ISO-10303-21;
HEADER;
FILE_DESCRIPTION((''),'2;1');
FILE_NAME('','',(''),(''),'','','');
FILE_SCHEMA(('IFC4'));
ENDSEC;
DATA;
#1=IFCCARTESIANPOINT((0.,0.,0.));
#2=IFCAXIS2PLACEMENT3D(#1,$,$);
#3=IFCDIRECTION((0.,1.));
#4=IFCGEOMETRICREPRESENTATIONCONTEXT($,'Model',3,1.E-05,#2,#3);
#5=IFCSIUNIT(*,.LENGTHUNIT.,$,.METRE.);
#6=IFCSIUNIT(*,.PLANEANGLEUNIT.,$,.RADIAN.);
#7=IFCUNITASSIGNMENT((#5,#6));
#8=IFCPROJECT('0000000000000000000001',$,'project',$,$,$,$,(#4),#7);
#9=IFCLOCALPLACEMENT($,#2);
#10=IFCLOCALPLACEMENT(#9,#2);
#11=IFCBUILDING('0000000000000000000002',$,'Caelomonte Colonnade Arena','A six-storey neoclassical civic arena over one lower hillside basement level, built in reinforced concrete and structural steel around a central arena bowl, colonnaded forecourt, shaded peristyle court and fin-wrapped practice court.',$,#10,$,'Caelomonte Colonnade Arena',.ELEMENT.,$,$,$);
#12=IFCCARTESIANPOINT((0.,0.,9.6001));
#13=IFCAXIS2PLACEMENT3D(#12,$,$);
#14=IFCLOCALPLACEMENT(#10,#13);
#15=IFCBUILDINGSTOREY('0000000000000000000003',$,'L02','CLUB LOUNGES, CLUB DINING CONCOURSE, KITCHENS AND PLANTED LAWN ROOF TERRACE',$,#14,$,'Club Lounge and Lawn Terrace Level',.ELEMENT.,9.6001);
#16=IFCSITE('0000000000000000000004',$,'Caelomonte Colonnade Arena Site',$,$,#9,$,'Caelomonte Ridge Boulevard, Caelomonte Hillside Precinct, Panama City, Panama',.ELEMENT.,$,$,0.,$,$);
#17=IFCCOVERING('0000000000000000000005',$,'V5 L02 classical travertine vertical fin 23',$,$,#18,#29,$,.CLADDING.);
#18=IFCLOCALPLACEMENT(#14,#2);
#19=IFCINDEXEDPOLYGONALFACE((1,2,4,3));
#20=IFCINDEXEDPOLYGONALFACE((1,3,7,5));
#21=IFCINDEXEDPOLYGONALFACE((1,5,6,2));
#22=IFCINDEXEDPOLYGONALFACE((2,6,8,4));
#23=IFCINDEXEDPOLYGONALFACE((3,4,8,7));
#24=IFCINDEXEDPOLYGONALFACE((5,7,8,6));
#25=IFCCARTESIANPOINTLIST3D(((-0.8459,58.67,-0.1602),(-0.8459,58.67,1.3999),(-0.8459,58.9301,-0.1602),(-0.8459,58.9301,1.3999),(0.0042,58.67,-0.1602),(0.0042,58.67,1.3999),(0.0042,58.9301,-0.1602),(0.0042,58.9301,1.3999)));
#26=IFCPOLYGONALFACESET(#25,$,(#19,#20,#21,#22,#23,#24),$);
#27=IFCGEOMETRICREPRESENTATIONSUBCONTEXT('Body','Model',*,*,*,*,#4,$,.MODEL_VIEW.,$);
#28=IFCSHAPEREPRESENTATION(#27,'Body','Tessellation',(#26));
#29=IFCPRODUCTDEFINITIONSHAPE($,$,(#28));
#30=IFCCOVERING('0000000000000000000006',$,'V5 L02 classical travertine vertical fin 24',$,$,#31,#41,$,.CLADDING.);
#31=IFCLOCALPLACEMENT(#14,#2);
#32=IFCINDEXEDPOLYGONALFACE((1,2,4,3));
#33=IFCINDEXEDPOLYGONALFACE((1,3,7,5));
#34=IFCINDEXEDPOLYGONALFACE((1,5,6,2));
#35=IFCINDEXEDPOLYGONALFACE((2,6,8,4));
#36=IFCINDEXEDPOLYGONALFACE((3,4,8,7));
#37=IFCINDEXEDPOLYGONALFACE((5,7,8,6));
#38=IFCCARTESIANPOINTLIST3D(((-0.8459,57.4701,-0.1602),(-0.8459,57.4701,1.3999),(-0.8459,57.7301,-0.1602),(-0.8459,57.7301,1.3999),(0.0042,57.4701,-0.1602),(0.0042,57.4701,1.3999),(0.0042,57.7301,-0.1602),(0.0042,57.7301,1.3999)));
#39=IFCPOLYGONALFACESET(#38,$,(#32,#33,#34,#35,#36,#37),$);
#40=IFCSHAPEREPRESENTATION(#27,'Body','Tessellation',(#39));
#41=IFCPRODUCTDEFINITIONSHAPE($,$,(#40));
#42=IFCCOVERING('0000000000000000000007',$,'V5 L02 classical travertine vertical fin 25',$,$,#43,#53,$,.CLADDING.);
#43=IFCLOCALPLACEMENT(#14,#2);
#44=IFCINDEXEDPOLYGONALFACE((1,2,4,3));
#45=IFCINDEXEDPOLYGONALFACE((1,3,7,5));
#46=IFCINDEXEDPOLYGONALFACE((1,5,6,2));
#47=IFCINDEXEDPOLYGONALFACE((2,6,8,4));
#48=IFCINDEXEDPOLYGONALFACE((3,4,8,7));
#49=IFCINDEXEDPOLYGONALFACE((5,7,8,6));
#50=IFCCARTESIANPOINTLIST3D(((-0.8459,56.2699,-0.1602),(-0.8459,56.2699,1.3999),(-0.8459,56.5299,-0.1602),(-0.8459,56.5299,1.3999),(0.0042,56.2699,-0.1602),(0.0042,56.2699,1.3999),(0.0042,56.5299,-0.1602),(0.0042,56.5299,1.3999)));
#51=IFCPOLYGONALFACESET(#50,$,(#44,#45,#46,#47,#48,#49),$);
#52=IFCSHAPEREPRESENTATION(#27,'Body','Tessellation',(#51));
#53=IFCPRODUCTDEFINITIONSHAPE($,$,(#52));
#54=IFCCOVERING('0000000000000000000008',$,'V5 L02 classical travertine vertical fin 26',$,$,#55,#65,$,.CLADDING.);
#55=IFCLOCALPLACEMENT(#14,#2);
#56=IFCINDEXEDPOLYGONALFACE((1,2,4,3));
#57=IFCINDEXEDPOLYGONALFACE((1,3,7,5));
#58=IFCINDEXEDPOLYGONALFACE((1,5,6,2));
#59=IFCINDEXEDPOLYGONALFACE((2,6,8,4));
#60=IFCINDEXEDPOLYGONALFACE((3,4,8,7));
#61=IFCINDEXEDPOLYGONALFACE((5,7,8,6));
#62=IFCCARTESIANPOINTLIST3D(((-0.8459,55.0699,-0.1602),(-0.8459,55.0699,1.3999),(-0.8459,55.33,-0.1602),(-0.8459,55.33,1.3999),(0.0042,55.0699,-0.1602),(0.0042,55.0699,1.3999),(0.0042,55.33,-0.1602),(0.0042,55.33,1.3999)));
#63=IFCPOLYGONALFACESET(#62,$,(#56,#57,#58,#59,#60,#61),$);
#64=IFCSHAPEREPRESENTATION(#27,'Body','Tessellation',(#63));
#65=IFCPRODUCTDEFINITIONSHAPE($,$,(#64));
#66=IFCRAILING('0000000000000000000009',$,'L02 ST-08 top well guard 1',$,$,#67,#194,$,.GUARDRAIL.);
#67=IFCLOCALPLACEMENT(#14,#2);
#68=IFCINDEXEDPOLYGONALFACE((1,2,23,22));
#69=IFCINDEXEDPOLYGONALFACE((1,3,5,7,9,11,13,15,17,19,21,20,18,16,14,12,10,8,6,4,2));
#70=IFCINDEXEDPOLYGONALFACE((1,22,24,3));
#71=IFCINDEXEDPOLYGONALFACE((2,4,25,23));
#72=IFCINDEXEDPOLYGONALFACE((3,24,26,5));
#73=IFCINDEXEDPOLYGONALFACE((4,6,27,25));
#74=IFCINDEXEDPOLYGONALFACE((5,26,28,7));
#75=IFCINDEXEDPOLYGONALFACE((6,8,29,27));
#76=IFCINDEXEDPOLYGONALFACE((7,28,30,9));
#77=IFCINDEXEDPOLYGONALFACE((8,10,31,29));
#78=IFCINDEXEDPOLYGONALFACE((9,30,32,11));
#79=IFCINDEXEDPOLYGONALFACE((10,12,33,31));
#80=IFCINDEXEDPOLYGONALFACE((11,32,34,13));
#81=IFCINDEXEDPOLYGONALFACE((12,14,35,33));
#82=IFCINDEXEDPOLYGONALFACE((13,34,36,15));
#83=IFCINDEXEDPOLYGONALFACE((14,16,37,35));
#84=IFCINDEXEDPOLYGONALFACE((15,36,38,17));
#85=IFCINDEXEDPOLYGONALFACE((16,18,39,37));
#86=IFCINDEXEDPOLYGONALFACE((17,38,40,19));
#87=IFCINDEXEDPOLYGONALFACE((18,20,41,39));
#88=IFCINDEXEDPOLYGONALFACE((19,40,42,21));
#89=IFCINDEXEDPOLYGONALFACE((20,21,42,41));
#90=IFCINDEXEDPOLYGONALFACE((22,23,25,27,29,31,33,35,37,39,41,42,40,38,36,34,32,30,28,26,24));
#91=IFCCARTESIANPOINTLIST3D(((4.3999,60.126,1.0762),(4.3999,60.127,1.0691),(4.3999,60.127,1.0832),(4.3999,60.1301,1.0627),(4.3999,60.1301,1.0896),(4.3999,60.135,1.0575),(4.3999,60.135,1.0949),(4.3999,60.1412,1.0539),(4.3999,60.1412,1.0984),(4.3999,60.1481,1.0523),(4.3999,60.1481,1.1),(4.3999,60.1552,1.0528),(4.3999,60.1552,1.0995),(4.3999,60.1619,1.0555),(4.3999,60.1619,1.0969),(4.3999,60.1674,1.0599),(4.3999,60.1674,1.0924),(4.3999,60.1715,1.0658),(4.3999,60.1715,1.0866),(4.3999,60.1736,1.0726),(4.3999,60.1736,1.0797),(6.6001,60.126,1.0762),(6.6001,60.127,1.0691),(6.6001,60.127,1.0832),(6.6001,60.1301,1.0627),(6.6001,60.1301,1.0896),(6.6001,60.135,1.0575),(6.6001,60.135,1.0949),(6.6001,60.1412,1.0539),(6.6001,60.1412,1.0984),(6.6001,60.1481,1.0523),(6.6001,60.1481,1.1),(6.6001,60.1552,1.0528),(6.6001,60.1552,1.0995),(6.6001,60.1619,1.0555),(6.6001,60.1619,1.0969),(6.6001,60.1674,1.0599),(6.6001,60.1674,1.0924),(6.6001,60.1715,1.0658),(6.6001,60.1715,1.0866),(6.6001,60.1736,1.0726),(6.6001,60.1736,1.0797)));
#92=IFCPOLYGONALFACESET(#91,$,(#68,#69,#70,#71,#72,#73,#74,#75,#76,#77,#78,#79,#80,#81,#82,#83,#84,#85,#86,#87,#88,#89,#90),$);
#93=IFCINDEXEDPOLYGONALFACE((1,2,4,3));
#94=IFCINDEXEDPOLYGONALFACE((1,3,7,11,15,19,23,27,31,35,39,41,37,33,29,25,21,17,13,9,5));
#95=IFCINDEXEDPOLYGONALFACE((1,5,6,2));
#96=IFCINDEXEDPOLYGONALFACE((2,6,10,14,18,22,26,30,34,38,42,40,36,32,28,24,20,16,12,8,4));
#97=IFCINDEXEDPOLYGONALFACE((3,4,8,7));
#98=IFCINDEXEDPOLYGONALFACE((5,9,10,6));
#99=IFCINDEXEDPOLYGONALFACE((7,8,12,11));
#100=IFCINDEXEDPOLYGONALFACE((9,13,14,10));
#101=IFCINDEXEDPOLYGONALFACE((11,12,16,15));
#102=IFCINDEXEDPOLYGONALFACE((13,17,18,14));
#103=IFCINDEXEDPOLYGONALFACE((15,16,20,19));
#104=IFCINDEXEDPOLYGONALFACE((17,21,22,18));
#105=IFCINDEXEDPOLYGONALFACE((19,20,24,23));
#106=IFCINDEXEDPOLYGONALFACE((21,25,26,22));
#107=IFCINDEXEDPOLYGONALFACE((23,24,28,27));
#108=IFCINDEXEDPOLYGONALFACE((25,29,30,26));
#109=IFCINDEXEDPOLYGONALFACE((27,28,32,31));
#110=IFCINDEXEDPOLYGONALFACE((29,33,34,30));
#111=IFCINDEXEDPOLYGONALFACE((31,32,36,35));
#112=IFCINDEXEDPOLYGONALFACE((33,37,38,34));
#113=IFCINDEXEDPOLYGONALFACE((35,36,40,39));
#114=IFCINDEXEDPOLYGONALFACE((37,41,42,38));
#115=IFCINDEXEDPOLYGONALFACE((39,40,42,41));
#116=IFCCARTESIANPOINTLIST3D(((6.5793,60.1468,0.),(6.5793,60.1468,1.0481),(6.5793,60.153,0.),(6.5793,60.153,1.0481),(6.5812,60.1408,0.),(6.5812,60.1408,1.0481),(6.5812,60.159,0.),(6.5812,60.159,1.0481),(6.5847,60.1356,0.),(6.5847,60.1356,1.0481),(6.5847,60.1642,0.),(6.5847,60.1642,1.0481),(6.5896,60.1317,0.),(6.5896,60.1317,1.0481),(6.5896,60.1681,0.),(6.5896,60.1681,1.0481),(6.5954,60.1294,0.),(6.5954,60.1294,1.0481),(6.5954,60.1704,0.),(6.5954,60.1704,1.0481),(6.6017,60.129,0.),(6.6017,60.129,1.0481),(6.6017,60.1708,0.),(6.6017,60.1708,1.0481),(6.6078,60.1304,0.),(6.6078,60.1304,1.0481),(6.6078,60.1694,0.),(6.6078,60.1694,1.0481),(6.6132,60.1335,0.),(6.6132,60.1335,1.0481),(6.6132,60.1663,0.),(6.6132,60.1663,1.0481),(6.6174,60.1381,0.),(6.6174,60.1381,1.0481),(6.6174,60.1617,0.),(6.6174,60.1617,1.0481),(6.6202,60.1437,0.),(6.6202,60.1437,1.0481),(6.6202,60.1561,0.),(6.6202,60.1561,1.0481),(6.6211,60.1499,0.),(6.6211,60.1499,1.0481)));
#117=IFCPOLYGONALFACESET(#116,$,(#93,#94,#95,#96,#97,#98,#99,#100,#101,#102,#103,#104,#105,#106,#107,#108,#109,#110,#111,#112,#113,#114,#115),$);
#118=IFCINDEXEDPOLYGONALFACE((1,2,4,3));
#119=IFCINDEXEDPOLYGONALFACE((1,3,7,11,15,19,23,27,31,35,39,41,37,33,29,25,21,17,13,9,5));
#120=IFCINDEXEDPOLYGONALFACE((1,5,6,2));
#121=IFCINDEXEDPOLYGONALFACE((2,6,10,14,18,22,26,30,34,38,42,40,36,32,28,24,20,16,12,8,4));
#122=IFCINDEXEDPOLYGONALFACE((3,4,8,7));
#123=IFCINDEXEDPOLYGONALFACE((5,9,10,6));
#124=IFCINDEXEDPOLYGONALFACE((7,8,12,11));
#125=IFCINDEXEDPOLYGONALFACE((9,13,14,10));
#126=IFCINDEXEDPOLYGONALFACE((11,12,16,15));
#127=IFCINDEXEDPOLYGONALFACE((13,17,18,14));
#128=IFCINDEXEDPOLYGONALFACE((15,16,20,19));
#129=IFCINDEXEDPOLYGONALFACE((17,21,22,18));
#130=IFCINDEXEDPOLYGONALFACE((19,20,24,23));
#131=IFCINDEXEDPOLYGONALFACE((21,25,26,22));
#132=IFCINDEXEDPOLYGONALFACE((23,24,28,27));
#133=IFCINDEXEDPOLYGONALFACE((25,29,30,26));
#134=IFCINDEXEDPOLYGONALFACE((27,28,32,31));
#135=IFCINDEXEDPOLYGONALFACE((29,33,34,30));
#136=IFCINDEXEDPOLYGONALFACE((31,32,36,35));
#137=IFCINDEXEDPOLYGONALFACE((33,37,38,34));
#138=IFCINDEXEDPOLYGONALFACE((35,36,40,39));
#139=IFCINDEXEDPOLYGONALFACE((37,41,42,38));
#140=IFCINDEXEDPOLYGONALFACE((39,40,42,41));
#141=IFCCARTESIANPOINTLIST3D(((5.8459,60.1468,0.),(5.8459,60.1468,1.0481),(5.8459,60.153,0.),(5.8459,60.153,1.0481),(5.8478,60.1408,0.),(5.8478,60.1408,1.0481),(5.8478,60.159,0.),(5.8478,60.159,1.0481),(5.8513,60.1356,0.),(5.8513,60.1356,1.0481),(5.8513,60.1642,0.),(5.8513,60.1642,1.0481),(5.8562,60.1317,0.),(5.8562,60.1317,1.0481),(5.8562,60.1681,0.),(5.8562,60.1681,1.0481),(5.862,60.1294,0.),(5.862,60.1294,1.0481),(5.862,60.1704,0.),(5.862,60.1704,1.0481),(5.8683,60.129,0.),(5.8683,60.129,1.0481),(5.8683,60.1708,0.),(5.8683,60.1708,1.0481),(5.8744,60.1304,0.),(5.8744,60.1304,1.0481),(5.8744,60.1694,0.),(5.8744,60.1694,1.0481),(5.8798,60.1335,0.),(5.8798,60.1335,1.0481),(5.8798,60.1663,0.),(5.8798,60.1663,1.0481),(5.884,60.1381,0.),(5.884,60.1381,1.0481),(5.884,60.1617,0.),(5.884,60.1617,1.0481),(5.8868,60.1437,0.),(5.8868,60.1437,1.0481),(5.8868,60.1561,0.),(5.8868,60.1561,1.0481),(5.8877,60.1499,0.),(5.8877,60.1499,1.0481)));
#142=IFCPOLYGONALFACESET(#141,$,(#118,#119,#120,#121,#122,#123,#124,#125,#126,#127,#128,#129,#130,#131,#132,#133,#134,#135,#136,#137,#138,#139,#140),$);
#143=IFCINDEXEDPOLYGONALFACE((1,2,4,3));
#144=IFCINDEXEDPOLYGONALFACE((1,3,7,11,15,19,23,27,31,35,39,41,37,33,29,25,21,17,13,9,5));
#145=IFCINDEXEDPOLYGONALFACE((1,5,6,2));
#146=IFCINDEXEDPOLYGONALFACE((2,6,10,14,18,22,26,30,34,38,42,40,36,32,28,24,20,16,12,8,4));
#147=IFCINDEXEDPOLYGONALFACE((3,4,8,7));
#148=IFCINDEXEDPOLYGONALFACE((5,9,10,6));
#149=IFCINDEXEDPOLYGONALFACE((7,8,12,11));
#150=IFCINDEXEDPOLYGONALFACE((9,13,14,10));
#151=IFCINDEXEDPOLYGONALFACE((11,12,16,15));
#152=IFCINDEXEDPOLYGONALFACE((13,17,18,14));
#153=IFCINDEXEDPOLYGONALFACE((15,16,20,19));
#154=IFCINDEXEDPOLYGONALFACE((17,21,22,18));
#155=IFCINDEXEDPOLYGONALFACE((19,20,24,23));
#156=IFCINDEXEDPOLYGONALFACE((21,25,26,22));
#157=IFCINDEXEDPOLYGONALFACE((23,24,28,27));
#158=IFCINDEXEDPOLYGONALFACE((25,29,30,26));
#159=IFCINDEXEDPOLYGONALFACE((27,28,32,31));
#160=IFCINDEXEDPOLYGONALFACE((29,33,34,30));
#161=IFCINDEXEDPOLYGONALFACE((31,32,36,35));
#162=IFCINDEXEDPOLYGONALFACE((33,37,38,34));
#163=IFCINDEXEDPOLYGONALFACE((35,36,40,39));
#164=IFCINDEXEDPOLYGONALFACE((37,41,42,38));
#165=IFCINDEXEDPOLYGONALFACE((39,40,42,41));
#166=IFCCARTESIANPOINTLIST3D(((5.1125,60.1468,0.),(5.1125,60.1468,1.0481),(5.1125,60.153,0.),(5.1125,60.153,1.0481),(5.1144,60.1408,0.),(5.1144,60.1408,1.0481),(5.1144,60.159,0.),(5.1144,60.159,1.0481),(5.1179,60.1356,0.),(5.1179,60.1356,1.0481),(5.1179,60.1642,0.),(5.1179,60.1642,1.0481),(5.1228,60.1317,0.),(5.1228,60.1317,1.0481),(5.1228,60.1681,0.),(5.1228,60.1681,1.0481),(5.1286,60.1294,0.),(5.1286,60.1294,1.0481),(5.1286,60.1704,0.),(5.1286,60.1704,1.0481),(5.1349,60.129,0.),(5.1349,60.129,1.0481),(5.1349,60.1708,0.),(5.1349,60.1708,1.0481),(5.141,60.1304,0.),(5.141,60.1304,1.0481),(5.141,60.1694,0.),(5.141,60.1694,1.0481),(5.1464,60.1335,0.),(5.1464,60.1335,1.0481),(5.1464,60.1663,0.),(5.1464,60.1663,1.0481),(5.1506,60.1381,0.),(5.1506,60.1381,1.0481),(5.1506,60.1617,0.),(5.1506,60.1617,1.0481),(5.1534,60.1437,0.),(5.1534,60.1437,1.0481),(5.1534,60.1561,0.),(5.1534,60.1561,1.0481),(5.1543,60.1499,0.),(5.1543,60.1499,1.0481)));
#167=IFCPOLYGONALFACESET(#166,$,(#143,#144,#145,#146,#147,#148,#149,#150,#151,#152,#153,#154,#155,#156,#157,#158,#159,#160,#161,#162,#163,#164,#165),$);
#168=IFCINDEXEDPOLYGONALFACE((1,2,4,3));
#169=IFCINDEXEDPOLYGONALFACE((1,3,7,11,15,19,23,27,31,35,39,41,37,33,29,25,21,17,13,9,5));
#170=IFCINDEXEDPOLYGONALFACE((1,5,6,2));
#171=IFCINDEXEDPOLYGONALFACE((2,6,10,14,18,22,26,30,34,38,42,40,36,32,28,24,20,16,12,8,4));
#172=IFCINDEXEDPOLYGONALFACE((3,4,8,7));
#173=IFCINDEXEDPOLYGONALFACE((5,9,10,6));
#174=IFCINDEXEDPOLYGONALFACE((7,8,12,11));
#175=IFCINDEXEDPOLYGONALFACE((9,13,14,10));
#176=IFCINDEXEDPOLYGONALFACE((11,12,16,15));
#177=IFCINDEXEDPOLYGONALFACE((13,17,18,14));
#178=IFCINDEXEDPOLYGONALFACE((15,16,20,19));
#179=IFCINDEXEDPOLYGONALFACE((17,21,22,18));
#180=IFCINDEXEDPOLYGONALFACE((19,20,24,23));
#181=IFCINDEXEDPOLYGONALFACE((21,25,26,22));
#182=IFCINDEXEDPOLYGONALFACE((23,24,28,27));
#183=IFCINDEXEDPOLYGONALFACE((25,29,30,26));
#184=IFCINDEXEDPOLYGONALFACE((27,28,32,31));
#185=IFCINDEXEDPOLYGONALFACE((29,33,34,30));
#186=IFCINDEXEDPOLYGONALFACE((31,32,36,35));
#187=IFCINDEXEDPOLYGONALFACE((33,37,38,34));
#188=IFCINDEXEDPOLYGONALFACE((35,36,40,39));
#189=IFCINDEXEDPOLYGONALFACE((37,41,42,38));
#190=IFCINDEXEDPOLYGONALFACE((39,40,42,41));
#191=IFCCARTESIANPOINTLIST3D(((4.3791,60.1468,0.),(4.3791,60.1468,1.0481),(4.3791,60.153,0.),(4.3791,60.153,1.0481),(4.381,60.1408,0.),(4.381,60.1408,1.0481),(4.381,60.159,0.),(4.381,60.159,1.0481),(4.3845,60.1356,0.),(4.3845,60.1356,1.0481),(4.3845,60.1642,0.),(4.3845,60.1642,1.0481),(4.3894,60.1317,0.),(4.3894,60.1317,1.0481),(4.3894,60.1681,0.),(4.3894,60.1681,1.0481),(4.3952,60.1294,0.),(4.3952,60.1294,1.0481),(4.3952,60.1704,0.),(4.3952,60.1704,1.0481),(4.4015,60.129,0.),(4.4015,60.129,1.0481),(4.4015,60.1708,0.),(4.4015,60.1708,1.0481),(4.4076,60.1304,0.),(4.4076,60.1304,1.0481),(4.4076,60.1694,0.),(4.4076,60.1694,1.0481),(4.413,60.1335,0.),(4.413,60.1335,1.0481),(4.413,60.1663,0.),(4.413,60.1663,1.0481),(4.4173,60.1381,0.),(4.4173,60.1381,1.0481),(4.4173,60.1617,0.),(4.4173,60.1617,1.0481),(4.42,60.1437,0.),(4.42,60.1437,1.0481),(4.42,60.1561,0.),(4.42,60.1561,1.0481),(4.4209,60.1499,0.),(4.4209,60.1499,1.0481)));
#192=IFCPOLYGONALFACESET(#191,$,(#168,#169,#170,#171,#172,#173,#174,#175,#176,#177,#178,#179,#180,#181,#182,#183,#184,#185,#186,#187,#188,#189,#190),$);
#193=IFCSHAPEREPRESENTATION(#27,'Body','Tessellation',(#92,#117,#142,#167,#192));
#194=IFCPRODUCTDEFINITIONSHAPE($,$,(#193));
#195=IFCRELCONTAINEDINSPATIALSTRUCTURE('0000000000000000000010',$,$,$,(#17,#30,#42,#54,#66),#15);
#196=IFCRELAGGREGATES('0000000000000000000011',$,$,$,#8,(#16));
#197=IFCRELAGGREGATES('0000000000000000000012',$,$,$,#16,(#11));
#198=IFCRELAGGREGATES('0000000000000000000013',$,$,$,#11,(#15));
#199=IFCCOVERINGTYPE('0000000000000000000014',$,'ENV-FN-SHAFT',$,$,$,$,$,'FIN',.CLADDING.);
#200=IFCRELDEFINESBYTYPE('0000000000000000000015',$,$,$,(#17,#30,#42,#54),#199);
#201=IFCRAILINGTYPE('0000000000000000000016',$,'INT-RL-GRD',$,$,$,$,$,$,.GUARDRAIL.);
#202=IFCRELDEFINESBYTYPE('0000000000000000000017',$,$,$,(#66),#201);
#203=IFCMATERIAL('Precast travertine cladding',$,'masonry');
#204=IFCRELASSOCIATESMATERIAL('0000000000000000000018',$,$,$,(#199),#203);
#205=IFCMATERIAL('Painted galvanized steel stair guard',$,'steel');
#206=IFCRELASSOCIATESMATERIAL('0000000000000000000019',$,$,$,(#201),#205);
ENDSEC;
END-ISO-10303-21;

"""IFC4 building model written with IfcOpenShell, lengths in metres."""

from ifc_helpers import new_model, si_unit, direction, frame, origin, origin_2d, place, context, subcontext, project, spatial, rectangle, circle, extrude, material, material_profile, profile_set, type_object, element, save


model = new_model("IFC4")

# Units and contexts
model_context = context("Model", 3, precision=1e-05, world=origin(), true_north=direction((0.0, 1.0)))
body_context = subcontext(model_context, "Body", "Model", "MODEL_VIEW")
ifc_project = project(units=[si_unit("LENGTHUNIT", "METRE"), si_unit("PLANEANGLEUNIT", "RADIAN")], contexts=[model_context])

# Site, building, storey
site_placement = place(None, origin())
site = spatial("IfcSite", under=ifc_project, at=site_placement, Name="Caelomonte Colonnade Arena Site", LongName="Caelomonte Ridge Boulevard, Caelomonte Hillside Precinct, Panama City, Panama", CompositionType="ELEMENT", RefElevation=0.0)
building_placement = place(site_placement, origin())
building = spatial("IfcBuilding", under=site, at=building_placement, Name="Caelomonte Colonnade Arena", Description="A six-storey neoclassical civic arena over one lower hillside basement level, built in reinforced concrete and structural steel around a central arena bowl, colonnaded forecourt, shaded peristyle court and fin-wrapped practice court.", LongName="Caelomonte Colonnade Arena", CompositionType="ELEMENT")
storey_placement = place(building_placement, frame((0.0, 0.0, 9.6001)))
storey = spatial("IfcBuildingStorey", under=building, at=storey_placement, Name="L02", Description="CLUB LOUNGES, CLUB DINING CONCOURSE, KITCHENS AND PLANTED LAWN ROOF TERRACE", LongName="Club Lounge and Lawn Terrace Level", CompositionType="ELEMENT", Elevation=9.6001)

# Coverings
ifc_material_1 = material(Name="Precast travertine cladding", Category="masonry")
ifc_material_profile_1 = material_profile(ifc_material_1, rectangle(XDim=0.26, YDim=0.8501, at=origin_2d()), Name="FIN260X850")
ifc_profile_set_1 = profile_set([ifc_material_profile_1], Name="Precast travertine cladding")
covering_type = type_object("IfcCoveringType", Name="ENV-FN-SHAFT", ElementType="FIN", PredefinedType="CLADDING", material=ifc_profile_set_1)
for number, where, z_axis, x_axis, name in (
    (1, (-0.4209, 58.8, -0.1602), (0.0, 0.0, 1.0), (0.0, 1.0, 0.0), "V5 L02 classical travertine vertical fin 23"),
    (2, (-0.4209, 57.6001, -0.1602), (0.0, 0.0, 1.0), (0.0, 1.0, 0.0), "V5 L02 classical travertine vertical fin 24"),
    (3, (-0.4209, 56.3999, -0.1602), (0.0, 0.0, 1.0), (0.0, 1.0, 0.0), "V5 L02 classical travertine vertical fin 25"),
    (4, (-0.4209, 55.2, -0.1602), (0.0, 0.0, 1.0), (0.0, 1.0, 0.0), "V5 L02 classical travertine vertical fin 26"),
):
    element("IfcCovering", number, at=place(storey_placement, frame(where, z_axis=z_axis, x_axis=x_axis)), inside=storey, type_object=covering_type, Name=name, PredefinedType="CLADDING", context=body_context, shape_type="SweptSolid", body=[
        extrude(rectangle(XDim=0.26, YDim=0.8501, at=origin_2d()), origin(), (0.0, 0.0, 1.0), 1.5601),
    ])

# Railing
ifc_material_2 = material(Name="Painted galvanized steel stair guard", Category="steel")
railing_type = type_object("IfcRailingType", Name="INT-RL-GRD", PredefinedType="GUARDRAIL", material=ifc_material_2)
railing_1_placement = place(storey_placement, frame((6.6001, 60.1499, 0.0)))
element("IfcRailing", 5, at=railing_1_placement, inside=storey, type_object=railing_type, Name="L02 ST-08 top well guard 1", PredefinedType="GUARDRAIL", context=body_context, shape_type="SweptSolid", body=[
    extrude(circle(Radius=0.0239, at=origin_2d()), frame((0.0, 0.0, 1.0762), z_axis=(-1.0, 0.0, 0.0), x_axis=(0.0, -1.0, 0.0)), (0.0, 0.0, 1.0), 2.2002),
    extrude(circle(Radius=0.021, at=origin_2d()), origin(), (0.0, 0.0, 1.0), 1.0481),
    extrude(circle(Radius=0.021, at=origin_2d()), frame((-0.7334, 0.0, 0.0)), (0.0, 0.0, 1.0), 1.0481),
    extrude(circle(Radius=0.021, at=origin_2d()), frame((-1.4668, 0.0, 0.0)), (0.0, 0.0, 1.0), 1.0481),
    extrude(circle(Radius=0.021, at=origin_2d()), frame((-2.2002, 0.0, 0.0)), (0.0, 0.0, 1.0), 1.0481),
])

save(model, "model.ifc")
